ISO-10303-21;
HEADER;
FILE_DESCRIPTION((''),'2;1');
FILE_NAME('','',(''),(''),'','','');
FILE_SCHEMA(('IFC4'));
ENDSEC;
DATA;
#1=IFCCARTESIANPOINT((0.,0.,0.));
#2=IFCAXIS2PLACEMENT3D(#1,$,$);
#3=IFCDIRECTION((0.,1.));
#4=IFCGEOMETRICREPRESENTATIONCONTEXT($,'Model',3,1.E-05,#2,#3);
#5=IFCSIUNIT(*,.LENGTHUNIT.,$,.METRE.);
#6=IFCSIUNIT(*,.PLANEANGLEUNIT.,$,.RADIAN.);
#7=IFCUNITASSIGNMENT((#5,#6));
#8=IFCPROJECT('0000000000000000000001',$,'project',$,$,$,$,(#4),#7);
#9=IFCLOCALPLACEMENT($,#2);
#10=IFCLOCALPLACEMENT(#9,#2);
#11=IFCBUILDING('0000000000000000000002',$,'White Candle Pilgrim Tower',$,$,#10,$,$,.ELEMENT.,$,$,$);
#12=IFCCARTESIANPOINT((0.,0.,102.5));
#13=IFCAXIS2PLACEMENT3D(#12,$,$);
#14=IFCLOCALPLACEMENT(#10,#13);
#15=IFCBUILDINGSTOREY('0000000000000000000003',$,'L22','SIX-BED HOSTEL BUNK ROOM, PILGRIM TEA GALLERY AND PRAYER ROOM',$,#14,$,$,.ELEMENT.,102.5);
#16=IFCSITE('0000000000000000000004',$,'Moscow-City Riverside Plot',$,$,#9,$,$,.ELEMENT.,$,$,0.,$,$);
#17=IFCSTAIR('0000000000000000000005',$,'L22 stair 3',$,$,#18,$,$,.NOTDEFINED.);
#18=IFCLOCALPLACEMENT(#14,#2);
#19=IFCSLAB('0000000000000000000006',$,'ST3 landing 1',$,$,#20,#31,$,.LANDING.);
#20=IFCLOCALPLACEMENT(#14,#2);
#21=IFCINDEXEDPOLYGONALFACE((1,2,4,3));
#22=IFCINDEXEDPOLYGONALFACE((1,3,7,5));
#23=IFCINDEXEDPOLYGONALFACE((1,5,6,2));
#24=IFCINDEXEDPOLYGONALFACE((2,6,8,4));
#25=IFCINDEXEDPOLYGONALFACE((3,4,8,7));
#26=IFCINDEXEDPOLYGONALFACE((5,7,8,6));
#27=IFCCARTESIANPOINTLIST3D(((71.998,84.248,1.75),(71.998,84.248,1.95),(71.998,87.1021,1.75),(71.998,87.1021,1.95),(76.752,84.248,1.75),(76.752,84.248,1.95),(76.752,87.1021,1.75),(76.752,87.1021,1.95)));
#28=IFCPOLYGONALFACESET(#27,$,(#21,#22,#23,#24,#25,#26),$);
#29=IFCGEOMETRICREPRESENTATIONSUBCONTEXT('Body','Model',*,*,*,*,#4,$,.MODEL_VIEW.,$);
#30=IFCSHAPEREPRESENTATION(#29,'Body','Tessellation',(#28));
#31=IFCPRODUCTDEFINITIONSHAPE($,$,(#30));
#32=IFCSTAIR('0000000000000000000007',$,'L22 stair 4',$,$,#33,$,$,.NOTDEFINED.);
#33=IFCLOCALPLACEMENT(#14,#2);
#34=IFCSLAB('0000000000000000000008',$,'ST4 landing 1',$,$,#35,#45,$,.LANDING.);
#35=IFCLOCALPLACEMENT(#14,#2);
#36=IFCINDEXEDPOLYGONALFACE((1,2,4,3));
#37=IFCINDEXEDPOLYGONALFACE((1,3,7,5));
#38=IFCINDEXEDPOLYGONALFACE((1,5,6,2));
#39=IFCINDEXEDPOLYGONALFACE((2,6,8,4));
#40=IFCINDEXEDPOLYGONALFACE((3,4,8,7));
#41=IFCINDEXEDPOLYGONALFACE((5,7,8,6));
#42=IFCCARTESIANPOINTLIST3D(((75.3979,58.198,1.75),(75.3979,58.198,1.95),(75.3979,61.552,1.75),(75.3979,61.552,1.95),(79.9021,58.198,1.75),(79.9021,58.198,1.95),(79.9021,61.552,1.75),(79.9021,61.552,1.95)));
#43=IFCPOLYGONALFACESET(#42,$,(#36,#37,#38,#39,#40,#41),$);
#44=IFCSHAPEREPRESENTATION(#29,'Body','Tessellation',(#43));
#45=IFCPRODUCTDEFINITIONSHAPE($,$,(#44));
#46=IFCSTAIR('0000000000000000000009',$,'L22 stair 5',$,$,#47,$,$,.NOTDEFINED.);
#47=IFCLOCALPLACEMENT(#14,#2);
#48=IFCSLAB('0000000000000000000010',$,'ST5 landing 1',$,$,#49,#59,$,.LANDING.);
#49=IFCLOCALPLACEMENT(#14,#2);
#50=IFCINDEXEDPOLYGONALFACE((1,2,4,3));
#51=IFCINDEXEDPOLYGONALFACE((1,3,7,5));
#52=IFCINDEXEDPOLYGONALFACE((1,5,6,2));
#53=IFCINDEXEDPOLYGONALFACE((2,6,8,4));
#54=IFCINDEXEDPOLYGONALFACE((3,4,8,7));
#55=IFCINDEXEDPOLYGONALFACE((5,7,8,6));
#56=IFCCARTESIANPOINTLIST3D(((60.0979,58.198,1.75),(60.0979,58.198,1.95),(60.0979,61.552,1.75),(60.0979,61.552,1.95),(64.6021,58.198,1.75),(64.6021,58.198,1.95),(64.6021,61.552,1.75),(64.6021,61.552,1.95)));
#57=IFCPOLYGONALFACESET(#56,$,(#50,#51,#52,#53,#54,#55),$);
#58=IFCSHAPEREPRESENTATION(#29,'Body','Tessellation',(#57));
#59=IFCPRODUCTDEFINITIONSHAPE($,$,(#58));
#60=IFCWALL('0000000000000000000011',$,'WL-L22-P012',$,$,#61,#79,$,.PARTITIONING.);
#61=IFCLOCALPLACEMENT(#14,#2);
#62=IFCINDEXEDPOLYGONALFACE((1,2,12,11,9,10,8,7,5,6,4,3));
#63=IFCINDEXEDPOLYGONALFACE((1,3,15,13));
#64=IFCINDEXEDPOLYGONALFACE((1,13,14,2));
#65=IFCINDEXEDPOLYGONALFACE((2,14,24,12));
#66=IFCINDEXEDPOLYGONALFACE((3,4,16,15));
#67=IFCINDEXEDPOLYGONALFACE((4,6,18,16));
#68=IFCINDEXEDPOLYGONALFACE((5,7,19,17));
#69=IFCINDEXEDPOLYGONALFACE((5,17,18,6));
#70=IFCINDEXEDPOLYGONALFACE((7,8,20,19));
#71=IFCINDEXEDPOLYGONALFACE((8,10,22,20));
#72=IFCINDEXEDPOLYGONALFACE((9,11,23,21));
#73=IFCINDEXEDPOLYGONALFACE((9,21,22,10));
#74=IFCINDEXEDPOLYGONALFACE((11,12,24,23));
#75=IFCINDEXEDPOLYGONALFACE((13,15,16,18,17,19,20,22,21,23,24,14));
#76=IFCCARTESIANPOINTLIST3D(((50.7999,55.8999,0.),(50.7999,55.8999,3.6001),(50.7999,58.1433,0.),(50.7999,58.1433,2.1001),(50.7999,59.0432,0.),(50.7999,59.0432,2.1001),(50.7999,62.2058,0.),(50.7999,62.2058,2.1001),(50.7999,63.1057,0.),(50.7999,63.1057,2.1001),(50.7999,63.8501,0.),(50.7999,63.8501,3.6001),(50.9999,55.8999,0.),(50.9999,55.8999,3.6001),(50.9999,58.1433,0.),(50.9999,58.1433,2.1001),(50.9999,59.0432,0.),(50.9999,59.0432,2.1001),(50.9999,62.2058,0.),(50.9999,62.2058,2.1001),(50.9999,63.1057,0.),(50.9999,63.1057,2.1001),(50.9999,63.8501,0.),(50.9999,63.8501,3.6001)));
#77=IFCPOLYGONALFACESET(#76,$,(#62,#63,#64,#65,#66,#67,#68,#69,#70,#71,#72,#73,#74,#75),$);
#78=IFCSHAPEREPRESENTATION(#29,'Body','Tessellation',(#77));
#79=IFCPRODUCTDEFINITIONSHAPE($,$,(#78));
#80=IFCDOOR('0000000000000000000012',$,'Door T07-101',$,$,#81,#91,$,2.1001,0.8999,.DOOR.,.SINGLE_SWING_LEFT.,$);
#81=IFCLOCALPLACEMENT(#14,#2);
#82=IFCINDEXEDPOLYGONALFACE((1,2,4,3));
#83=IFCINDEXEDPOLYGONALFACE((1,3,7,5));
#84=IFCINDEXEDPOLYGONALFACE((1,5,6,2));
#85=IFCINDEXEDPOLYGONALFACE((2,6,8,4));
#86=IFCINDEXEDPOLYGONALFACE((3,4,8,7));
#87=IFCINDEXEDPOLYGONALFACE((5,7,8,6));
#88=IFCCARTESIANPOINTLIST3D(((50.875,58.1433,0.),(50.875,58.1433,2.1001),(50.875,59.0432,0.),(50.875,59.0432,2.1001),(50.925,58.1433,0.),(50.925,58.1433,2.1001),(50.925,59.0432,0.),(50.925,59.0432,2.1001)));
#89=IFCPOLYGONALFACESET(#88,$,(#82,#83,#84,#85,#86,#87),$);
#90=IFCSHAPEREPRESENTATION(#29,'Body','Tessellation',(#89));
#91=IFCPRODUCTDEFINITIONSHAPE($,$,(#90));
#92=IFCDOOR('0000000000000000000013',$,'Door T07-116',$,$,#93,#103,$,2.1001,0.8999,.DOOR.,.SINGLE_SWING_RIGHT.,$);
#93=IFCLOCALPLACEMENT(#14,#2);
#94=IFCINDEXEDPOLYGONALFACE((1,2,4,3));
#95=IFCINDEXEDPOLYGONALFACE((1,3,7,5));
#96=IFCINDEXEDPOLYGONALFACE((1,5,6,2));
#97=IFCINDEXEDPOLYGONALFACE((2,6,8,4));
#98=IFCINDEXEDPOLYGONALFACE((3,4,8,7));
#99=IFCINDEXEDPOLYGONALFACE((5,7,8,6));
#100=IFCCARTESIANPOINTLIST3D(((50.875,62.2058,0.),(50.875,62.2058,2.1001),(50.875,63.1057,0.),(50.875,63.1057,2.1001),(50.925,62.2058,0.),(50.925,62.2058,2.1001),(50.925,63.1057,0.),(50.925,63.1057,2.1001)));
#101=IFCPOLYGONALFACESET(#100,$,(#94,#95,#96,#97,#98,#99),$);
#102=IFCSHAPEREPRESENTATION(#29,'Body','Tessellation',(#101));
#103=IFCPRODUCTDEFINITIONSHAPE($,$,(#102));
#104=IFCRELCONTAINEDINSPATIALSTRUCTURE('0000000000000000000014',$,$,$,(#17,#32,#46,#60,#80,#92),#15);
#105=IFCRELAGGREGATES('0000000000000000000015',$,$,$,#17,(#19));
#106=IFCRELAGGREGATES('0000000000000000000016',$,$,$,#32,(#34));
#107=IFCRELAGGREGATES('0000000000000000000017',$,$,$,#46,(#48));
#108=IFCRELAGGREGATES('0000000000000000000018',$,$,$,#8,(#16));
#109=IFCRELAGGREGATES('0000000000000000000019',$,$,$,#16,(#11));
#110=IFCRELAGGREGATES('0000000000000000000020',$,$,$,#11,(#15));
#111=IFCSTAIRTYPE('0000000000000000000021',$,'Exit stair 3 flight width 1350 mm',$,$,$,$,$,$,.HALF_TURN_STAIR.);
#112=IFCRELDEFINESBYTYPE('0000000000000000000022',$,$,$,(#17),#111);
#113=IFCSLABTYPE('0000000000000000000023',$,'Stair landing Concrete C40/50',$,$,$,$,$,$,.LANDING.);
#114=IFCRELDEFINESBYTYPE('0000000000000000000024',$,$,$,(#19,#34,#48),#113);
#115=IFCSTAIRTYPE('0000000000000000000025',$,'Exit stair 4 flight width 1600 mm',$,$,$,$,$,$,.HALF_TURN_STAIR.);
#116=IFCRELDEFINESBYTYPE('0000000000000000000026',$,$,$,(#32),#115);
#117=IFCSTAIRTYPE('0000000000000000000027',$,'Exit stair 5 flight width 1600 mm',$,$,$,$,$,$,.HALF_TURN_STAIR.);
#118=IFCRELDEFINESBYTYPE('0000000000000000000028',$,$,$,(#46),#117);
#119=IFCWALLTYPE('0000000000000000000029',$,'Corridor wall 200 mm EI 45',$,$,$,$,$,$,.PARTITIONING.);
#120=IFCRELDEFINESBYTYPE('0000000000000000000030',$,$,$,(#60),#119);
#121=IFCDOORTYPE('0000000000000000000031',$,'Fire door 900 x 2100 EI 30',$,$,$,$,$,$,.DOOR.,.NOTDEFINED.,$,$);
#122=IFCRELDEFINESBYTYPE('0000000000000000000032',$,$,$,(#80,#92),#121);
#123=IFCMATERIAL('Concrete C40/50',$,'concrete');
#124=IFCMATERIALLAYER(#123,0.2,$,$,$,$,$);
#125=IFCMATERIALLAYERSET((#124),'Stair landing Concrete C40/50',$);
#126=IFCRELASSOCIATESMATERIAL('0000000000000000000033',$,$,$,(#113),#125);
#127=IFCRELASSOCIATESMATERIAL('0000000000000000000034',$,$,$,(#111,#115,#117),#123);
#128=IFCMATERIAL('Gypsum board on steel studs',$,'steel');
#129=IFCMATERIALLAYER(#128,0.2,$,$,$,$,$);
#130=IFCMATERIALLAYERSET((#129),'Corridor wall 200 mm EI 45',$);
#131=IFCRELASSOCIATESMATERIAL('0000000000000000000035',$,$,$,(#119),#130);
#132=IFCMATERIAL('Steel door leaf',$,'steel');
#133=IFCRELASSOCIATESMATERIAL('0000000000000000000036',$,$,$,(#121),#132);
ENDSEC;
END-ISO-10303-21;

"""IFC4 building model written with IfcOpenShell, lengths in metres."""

from ifc_helpers import new_model, si_unit, direction, frame, frame_2d, origin, place, context, subcontext, project, spatial, polyline, rectangle, outline, extrude, material, layer, layer_set, type_object, element, fill, aggregate, save


model = new_model("IFC4")

# Units and contexts
model_context = context("Model", 3, precision=1e-05, world=origin(), true_north=direction((0.0, 1.0)))
body_context = subcontext(model_context, "Body", "Model", "MODEL_VIEW")
ifc_project = project(units=[si_unit("LENGTHUNIT", "METRE"), si_unit("PLANEANGLEUNIT", "RADIAN")], contexts=[model_context])

# Site, building, storey
site_placement = place(None, origin())
site = spatial("IfcSite", under=ifc_project, at=site_placement, Name="Moscow-City Riverside Plot", CompositionType="ELEMENT", RefElevation=0.0)
building_placement = place(site_placement, origin())
building = spatial("IfcBuilding", under=site, at=building_placement, Name="White Candle Pilgrim Tower", CompositionType="ELEMENT")
storey_placement = place(building_placement, frame((0.0, 0.0, 102.5)))
storey = spatial("IfcBuildingStorey", under=building, at=storey_placement, Name="L22", Description="SIX-BED HOSTEL BUNK ROOM, PILGRIM TEA GALLERY AND PRAYER ROOM", CompositionType="ELEMENT", Elevation=102.5)

# Shared definitions
ifc_material_1 = material(Name="Concrete C40/50", Category="concrete")

# Stairs, slabs
ifc_layer_1 = layer(ifc_material_1, 0.2)
ifc_layer_set_1 = layer_set([ifc_layer_1], Name="Stair landing Concrete C40/50")
slab_type_1 = type_object("IfcSlabType", Name="Stair landing Concrete C40/50", PredefinedType="LANDING", material=ifc_layer_set_1)
stair_type_1 = type_object("IfcStairType", Name="Exit stair 3 flight width 1350 mm", PredefinedType="HALF_TURN_STAIR", material=ifc_material_1)
stair_1_placement = place(storey_placement, origin())
stair_1 = element("IfcStair", 1, at=stair_1_placement, inside=storey, type_object=stair_type_1, Name="L22 stair 3", PredefinedType="NOTDEFINED")
slab_1_placement = place(storey_placement, frame((0.0, 0.0, 1.75)))
slab_1 = element("IfcSlab", 2, at=slab_1_placement, type_object=slab_type_1, Name="ST3 landing 1", PredefinedType="LANDING", context=body_context, shape_type="SweptSolid", body=[
    extrude(outline(polyline([(71.998, 84.248), (71.998, 87.1021), (76.752, 87.1021), (76.752, 84.248), (71.998, 84.248)])), origin(), (0.0, 0.0, 1.0), 0.2),
])
aggregate(stair_1, [slab_1])
stair_type_2 = type_object("IfcStairType", Name="Exit stair 4 flight width 1600 mm", PredefinedType="HALF_TURN_STAIR", material=ifc_material_1)
stair_2_placement = place(storey_placement, origin())
stair_2 = element("IfcStair", 3, at=stair_2_placement, inside=storey, type_object=stair_type_2, Name="L22 stair 4", PredefinedType="NOTDEFINED")
slab_2_placement = place(storey_placement, frame((0.0, 0.0, 1.75)))
slab_2 = element("IfcSlab", 4, at=slab_2_placement, type_object=slab_type_1, Name="ST4 landing 1", PredefinedType="LANDING", context=body_context, shape_type="SweptSolid", body=[
    extrude(outline(polyline([(79.9021, 61.552), (79.9021, 58.198), (75.3979, 58.198), (75.3979, 61.552), (79.9021, 61.552)])), origin(), (0.0, 0.0, 1.0), 0.2),
])
aggregate(stair_2, [slab_2])
stair_type_3 = type_object("IfcStairType", Name="Exit stair 5 flight width 1600 mm", PredefinedType="HALF_TURN_STAIR", material=ifc_material_1)
stair_3_placement = place(storey_placement, origin())
stair_3 = element("IfcStair", 5, at=stair_3_placement, inside=storey, type_object=stair_type_3, Name="L22 stair 5", PredefinedType="NOTDEFINED")
slab_3_placement = place(storey_placement, frame((0.0, 0.0, 1.75)))
slab_3 = element("IfcSlab", 6, at=slab_3_placement, type_object=slab_type_1, Name="ST5 landing 1", PredefinedType="LANDING", context=body_context, shape_type="SweptSolid", body=[
    extrude(outline(polyline([(60.0979, 58.198), (60.0979, 61.552), (64.6021, 61.552), (64.6021, 58.198), (60.0979, 58.198)])), origin(), (0.0, 0.0, 1.0), 0.2),
])
aggregate(stair_3, [slab_3])

# Wall, openings, doors
ifc_material_2 = material(Name="Gypsum board on steel studs", Category="steel")
ifc_layer_2 = layer(ifc_material_2, 0.2)
ifc_layer_set_2 = layer_set([ifc_layer_2], Name="Corridor wall 200 mm EI 45")
wall_type_1 = type_object("IfcWallType", Name="Corridor wall 200 mm EI 45", PredefinedType="PARTITIONING", material=ifc_layer_set_2)
wall_1_placement = place(storey_placement, frame((50.8999, 55.8999, 0.0), z_axis=(0.0, 0.0, 1.0), x_axis=(0.0, 1.0, 0.0)))
wall_1 = element("IfcWall", 7, at=wall_1_placement, inside=storey, type_object=wall_type_1, Name="WL-L22-P012", PredefinedType="PARTITIONING", context=body_context, shape_type="SweptSolid", body=[
    extrude(rectangle(XDim=7.9502, YDim=0.2, at=frame_2d((3.9751, 0.0))), origin(), (0.0, 0.0, 1.0), 3.6001),
])
opening_1_placement = place(wall_1_placement, frame((2.2434, 0.0, 0.0)))
opening_1 = element("IfcOpeningElement", 8, at=opening_1_placement, cuts=wall_1, PredefinedType="OPENING", context=body_context, shape_type="SweptSolid", body=[
    extrude(rectangle(XDim=0.8999, YDim=2.1001, at=frame_2d((0.45, 1.05))), frame((0.0, 0.1099, 0.0), z_axis=(0.0, -1.0, 0.0), x_axis=(1.0, 0.0, 0.0)), (0.0, 0.0, 1.0), 0.22),
])
opening_2_placement = place(wall_1_placement, frame((6.3059, 0.0, 0.0)))
opening_2 = element("IfcOpeningElement", 9, at=opening_2_placement, cuts=wall_1, PredefinedType="OPENING", context=body_context, shape_type="SweptSolid", body=[
    extrude(rectangle(XDim=0.8999, YDim=2.1001, at=frame_2d((0.45, 1.05))), frame((0.0, 0.1099, 0.0), z_axis=(0.0, -1.0, 0.0), x_axis=(1.0, 0.0, 0.0)), (0.0, 0.0, 1.0), 0.22),
])
ifc_material_3 = material(Name="Steel door leaf", Category="steel")
door_type = type_object("IfcDoorType", Name="Fire door 900 x 2100 EI 30", OperationType="NOTDEFINED", PredefinedType="DOOR", material=ifc_material_3)
door_1_placement = place(opening_1_placement, origin())
door_1 = element("IfcDoor", 10, at=door_1_placement, inside=storey, type_object=door_type, Name="Door T07-101", OperationType="SINGLE_SWING_LEFT", OverallHeight=2.1001, OverallWidth=0.8999, PredefinedType="DOOR", context=body_context, shape_type="SweptSolid", body=[
    extrude(rectangle(XDim=0.8999, YDim=2.1001, at=frame_2d((0.45, 1.05))), frame((0.0, 0.0249, 0.0), z_axis=(0.0, -1.0, 0.0), x_axis=(1.0, 0.0, 0.0)), (0.0, 0.0, 1.0), 0.05),
])
fill(opening_1, door_1)
door_2_placement = place(opening_2_placement, origin())
door_2 = element("IfcDoor", 11, at=door_2_placement, inside=storey, type_object=door_type, Name="Door T07-116", OperationType="SINGLE_SWING_RIGHT", OverallHeight=2.1001, OverallWidth=0.8999, PredefinedType="DOOR", context=body_context, shape_type="SweptSolid", body=[
    extrude(rectangle(XDim=0.8999, YDim=2.1001, at=frame_2d((0.45, 1.05))), frame((0.0, 0.0249, 0.0), z_axis=(0.0, -1.0, 0.0), x_axis=(1.0, 0.0, 0.0)), (0.0, 0.0, 1.0), 0.05),
])
fill(opening_2, door_2)

save(model, "model.ifc")
